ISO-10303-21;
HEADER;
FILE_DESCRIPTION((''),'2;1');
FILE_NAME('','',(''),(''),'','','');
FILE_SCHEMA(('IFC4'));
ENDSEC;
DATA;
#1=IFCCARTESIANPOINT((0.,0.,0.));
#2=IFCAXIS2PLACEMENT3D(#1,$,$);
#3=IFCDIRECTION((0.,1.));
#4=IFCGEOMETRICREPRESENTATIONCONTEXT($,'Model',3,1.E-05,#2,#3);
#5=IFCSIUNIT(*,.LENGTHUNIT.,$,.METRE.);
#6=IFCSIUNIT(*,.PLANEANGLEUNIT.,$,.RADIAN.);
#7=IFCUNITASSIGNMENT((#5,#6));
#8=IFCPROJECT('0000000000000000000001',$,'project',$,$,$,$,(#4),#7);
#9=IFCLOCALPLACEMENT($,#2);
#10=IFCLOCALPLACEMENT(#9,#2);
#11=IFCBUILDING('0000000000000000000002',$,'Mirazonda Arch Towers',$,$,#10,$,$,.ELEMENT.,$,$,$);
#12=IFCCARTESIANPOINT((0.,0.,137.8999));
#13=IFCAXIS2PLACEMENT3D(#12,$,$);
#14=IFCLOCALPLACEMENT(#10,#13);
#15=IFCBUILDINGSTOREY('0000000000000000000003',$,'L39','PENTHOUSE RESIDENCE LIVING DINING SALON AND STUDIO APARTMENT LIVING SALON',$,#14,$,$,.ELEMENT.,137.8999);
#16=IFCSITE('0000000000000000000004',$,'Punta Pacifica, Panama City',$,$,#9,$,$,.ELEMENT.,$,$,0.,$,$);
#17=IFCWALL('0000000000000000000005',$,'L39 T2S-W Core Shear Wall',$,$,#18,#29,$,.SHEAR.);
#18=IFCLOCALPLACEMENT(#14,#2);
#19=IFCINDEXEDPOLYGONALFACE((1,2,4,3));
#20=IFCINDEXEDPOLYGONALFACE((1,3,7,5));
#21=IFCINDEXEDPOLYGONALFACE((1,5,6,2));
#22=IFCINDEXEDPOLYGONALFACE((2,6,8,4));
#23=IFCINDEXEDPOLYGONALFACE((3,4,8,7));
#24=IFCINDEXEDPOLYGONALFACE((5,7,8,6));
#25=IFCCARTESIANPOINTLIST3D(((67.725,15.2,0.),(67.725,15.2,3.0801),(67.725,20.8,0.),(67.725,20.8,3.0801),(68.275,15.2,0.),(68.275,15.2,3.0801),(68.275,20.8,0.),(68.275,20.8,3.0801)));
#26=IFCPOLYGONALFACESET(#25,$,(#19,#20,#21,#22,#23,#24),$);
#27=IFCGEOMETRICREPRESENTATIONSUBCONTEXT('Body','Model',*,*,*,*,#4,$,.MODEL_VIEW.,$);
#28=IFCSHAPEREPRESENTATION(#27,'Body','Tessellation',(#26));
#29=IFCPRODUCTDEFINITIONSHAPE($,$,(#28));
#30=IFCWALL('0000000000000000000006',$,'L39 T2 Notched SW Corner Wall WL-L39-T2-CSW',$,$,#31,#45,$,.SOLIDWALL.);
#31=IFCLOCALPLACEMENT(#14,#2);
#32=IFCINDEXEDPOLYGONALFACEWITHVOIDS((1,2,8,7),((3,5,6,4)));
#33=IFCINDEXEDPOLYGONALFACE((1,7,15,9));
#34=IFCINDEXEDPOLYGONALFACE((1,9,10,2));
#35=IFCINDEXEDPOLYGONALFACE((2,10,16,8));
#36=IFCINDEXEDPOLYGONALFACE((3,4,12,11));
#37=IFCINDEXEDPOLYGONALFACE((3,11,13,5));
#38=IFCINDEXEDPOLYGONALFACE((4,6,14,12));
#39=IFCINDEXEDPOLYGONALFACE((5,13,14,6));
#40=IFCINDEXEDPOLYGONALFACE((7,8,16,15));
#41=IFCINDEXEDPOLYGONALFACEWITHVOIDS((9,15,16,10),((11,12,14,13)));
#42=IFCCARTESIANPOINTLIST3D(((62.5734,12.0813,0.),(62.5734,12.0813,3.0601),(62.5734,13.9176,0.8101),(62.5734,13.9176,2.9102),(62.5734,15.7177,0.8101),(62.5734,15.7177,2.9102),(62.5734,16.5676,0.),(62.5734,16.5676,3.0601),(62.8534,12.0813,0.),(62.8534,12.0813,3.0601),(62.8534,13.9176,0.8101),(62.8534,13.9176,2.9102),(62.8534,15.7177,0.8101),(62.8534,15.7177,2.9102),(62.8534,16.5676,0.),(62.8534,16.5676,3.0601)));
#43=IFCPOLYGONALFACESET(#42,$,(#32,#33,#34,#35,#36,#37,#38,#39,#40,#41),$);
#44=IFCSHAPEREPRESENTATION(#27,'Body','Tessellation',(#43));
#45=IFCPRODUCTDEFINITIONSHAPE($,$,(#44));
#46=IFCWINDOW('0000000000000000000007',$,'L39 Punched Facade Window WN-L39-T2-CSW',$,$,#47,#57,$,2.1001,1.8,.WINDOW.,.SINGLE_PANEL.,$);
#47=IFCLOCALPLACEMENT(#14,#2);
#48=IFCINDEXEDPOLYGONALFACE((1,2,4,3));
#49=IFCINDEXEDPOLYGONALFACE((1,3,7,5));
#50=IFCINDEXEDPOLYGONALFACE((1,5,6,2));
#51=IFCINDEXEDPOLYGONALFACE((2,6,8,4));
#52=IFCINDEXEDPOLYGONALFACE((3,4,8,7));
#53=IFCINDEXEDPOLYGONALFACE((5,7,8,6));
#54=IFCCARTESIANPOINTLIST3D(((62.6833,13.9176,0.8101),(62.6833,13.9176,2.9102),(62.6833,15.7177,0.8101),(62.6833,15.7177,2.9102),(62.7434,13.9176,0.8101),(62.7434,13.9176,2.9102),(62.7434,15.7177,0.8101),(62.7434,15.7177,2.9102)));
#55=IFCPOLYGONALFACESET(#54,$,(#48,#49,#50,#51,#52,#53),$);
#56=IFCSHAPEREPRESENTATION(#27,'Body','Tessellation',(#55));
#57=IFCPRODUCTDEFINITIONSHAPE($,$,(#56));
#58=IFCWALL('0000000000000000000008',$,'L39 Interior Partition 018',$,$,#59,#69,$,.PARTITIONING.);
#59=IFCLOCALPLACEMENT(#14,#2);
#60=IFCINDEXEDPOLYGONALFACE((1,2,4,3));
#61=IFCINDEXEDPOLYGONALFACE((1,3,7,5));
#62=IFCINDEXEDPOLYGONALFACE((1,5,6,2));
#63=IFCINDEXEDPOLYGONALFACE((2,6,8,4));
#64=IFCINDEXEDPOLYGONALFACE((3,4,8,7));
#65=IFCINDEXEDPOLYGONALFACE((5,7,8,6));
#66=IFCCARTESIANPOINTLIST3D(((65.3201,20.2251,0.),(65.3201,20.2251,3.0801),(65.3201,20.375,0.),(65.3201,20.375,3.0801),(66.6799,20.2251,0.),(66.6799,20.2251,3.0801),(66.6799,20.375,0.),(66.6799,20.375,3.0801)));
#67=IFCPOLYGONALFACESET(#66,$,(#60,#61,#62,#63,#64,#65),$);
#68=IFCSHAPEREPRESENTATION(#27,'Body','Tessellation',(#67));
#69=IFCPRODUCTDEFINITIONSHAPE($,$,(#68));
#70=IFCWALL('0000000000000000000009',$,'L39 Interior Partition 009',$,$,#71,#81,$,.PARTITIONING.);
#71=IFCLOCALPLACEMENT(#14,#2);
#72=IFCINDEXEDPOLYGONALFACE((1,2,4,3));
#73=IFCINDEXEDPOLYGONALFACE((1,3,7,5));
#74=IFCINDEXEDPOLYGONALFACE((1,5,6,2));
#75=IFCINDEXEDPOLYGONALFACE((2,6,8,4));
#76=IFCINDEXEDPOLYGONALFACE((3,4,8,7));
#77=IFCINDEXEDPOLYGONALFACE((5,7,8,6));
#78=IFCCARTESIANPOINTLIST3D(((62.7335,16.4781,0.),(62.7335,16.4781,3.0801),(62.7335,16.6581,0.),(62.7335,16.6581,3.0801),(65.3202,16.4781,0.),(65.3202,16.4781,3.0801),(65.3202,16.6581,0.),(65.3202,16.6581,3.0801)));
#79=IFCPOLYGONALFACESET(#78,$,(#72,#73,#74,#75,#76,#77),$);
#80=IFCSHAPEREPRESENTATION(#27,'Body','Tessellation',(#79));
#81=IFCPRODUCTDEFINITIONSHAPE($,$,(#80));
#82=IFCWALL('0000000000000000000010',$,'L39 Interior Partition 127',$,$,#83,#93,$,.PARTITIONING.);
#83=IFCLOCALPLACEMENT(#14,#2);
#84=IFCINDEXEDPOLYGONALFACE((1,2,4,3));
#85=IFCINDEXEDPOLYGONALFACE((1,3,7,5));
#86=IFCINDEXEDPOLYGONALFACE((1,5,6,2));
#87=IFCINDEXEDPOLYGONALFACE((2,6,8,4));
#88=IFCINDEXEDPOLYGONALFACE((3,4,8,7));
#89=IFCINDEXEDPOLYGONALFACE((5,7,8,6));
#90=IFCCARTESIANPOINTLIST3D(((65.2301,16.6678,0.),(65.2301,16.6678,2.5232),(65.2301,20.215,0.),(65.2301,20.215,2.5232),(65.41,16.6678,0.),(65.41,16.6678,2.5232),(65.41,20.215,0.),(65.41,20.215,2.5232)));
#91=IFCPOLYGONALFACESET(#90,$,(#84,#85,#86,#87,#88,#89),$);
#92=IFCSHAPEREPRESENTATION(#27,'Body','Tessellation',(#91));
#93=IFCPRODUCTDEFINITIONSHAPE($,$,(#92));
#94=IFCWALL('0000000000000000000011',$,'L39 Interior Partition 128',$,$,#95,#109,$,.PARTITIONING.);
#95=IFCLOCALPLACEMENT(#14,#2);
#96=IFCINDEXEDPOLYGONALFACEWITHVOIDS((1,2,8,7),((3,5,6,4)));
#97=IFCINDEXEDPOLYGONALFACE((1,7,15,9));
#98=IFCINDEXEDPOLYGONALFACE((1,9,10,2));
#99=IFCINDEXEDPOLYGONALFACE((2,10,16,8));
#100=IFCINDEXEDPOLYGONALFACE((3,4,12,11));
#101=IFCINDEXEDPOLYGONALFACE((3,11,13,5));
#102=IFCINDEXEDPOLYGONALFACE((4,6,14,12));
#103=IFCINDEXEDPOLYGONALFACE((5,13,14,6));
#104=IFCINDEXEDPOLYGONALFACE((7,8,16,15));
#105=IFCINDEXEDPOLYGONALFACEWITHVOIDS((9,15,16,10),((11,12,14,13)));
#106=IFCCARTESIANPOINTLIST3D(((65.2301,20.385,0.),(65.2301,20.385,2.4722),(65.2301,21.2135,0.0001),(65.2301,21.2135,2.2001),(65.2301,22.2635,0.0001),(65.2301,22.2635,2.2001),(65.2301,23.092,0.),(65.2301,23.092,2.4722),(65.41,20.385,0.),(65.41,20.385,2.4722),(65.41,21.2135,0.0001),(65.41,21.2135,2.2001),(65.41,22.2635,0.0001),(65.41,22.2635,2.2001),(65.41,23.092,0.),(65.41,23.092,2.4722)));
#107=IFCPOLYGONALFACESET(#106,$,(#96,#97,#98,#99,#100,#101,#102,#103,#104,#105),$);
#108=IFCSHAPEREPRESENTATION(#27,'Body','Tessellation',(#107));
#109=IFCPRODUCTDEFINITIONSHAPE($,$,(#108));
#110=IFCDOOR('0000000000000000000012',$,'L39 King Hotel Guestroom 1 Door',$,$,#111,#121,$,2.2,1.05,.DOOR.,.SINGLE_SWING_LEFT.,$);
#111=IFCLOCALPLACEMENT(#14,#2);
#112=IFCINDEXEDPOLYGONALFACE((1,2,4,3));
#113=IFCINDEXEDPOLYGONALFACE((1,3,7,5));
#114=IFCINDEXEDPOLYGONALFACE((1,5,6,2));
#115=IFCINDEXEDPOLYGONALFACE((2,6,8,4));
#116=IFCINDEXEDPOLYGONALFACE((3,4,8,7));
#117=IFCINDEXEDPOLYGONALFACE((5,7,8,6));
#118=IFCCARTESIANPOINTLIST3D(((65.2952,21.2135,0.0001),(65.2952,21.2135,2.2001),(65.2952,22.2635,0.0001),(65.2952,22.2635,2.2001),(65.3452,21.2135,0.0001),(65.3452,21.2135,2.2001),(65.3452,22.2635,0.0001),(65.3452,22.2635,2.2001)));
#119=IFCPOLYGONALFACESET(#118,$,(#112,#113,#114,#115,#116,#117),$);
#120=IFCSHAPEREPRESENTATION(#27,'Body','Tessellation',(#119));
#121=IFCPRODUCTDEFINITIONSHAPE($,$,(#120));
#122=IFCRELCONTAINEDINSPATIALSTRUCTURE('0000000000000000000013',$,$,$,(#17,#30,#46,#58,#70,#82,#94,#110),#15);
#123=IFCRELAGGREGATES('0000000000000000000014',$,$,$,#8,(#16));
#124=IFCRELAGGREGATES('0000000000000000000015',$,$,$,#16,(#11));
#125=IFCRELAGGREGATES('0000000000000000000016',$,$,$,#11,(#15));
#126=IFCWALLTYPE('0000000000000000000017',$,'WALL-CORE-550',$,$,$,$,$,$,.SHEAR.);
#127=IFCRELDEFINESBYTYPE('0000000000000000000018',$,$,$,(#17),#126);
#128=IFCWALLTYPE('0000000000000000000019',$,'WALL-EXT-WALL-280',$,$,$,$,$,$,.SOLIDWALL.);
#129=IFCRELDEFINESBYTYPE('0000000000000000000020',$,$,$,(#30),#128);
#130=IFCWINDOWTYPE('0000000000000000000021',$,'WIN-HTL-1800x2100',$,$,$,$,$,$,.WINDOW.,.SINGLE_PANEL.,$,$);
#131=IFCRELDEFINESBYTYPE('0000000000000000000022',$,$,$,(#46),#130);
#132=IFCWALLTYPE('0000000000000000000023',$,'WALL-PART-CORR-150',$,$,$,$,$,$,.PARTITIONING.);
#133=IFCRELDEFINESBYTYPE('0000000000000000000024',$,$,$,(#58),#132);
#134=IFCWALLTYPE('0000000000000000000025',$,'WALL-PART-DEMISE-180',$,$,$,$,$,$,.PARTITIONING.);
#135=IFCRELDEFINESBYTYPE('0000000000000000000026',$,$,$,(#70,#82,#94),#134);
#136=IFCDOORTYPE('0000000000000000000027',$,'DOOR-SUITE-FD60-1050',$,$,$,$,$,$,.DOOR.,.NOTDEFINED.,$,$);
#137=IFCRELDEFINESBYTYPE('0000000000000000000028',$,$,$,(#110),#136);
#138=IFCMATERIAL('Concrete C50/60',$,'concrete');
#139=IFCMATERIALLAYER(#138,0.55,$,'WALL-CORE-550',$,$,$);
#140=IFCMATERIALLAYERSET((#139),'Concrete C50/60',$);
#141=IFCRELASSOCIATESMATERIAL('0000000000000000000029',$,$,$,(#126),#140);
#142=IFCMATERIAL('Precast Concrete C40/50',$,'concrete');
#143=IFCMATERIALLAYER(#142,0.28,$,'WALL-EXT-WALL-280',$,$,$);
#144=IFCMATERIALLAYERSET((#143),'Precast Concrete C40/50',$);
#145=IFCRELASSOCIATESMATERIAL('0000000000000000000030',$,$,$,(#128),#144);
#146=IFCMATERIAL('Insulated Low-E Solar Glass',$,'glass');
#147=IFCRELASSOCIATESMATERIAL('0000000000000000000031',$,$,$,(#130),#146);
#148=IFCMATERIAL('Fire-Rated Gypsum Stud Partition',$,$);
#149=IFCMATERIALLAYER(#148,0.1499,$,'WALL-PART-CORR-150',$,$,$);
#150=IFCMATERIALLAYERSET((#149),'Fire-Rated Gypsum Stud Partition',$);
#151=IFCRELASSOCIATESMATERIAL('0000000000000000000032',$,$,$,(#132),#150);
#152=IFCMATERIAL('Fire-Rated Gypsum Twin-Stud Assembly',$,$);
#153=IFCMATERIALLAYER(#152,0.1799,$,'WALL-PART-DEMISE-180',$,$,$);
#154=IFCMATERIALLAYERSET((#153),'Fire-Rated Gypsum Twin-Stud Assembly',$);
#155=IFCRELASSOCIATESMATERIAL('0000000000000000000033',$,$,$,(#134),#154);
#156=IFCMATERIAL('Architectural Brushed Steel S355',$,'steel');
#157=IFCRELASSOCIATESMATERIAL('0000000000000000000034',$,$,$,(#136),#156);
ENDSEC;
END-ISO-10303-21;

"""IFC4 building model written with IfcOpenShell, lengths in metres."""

from ifc_helpers import new_model, si_unit, direction, frame, frame_2d, origin, place, context, subcontext, project, spatial, rectangle, extrude, material, layer, layer_set, type_object, element, fill, save


model = new_model("IFC4")

# Units and contexts
model_context = context("Model", 3, precision=1e-05, world=origin(), true_north=direction((0.0, 1.0)))
body_context = subcontext(model_context, "Body", "Model", "MODEL_VIEW")
ifc_project = project(units=[si_unit("LENGTHUNIT", "METRE"), si_unit("PLANEANGLEUNIT", "RADIAN")], contexts=[model_context])

# Site, building, storey
site_placement = place(None, origin())
site = spatial("IfcSite", under=ifc_project, at=site_placement, Name="Punta Pacifica, Panama City", CompositionType="ELEMENT", RefElevation=0.0)
building_placement = place(site_placement, origin())
building = spatial("IfcBuilding", under=site, at=building_placement, Name="Mirazonda Arch Towers", CompositionType="ELEMENT")
storey_placement = place(building_placement, frame((0.0, 0.0, 137.8999)))
storey = spatial("IfcBuildingStorey", under=building, at=storey_placement, Name="L39", Description="PENTHOUSE RESIDENCE LIVING DINING SALON AND STUDIO APARTMENT LIVING SALON", CompositionType="ELEMENT", Elevation=137.8999)

# Shared definitions
ifc_material_1 = material(Name="Concrete C50/60", Category="concrete")

# Shared definitions
ifc_material_2 = material(Name="Insulated Low-E Solar Glass", Category="glass")

# Shared definitions
ifc_material_3 = material(Name="Architectural Brushed Steel S355", Category="steel")

# Wall
ifc_layer_1 = layer(ifc_material_1, 0.55, Name="WALL-CORE-550")
ifc_layer_set_1 = layer_set([ifc_layer_1], Name="Concrete C50/60")
wall_type_1 = type_object("IfcWallType", Name="WALL-CORE-550", PredefinedType="SHEAR", material=ifc_layer_set_1)
wall_1_placement = place(storey_placement, frame((68.0, 15.2, 0.0), z_axis=(0.0, 0.0, 1.0), x_axis=(0.0, 1.0, 0.0)))
element("IfcWall", 1, at=wall_1_placement, inside=storey, type_object=wall_type_1, Name="L39 T2S-W Core Shear Wall", PredefinedType="SHEAR", context=body_context, shape_type="SweptSolid", body=[
    extrude(rectangle(XDim=5.6001, YDim=0.55, at=frame_2d((2.8, 0.0))), origin(), (0.0, 0.0, 1.0), 3.0801),
])

# Wall, opening, window
ifc_material_4 = material(Name="Precast Concrete C40/50", Category="concrete")
ifc_layer_2 = layer(ifc_material_4, 0.28, Name="WALL-EXT-WALL-280")
ifc_layer_set_2 = layer_set([ifc_layer_2], Name="Precast Concrete C40/50")
wall_type_2 = type_object("IfcWallType", Name="WALL-EXT-WALL-280", PredefinedType="SOLIDWALL", material=ifc_layer_set_2)
wall_2_placement = place(storey_placement, frame((62.7134, 16.5676, 0.0), z_axis=(0.0, 0.0, 1.0), x_axis=(0.0, -1.0, 0.0)))
wall_2 = element("IfcWall", 2, at=wall_2_placement, inside=storey, type_object=wall_type_2, Name="L39 T2 Notched SW Corner Wall WL-L39-T2-CSW", PredefinedType="SOLIDWALL", context=body_context, shape_type="SweptSolid", body=[
    extrude(rectangle(XDim=4.4863, YDim=0.28, at=frame_2d((2.2432, 0.0))), origin(), (0.0, 0.0, 1.0), 3.0601),
])
opening_1_placement = place(wall_2_placement, frame((0.8501, 0.0, 0.8101)))
opening_1 = element("IfcOpeningElement", 3, at=opening_1_placement, cuts=wall_2, PredefinedType="OPENING", context=body_context, shape_type="SweptSolid", body=[
    extrude(rectangle(XDim=1.8, YDim=2.1001, at=frame_2d((0.8999, 1.05))), frame((0.0, 0.1499, 0.0), z_axis=(0.0, -1.0, 0.0), x_axis=(1.0, 0.0, 0.0)), (0.0, 0.0, 1.0), 0.3),
])
window_type = type_object("IfcWindowType", Name="WIN-HTL-1800x2100", PartitioningType="SINGLE_PANEL", PredefinedType="WINDOW", material=ifc_material_2)
window_placement = place(opening_1_placement, origin())
window = element("IfcWindow", 4, at=window_placement, inside=storey, type_object=window_type, Name="L39 Punched Facade Window WN-L39-T2-CSW", OverallHeight=2.1001, OverallWidth=1.8, PartitioningType="SINGLE_PANEL", PredefinedType="WINDOW", context=body_context, shape_type="SweptSolid", body=[
    extrude(rectangle(XDim=1.8, YDim=2.1001, at=frame_2d((0.8999, 1.05))), frame((0.0, 0.03, 0.0), z_axis=(0.0, -1.0, 0.0), x_axis=(1.0, 0.0, 0.0)), (0.0, 0.0, 1.0), 0.0601),
])
fill(opening_1, window)

# Walls
ifc_material_5 = material(Name="Fire-Rated Gypsum Stud Partition")
ifc_layer_3 = layer(ifc_material_5, 0.1499, Name="WALL-PART-CORR-150")
ifc_layer_set_3 = layer_set([ifc_layer_3], Name="Fire-Rated Gypsum Stud Partition")
wall_type_3 = type_object("IfcWallType", Name="WALL-PART-CORR-150", PredefinedType="PARTITIONING", material=ifc_layer_set_3)
wall_3_placement = place(storey_placement, frame((65.3201, 20.3, 0.0), z_axis=(0.0, 0.0, 1.0), x_axis=(1.0, 0.0, 0.0)))
element("IfcWall", 5, at=wall_3_placement, inside=storey, type_object=wall_type_3, Name="L39 Interior Partition 018", PredefinedType="PARTITIONING", context=body_context, shape_type="SweptSolid", body=[
    extrude(rectangle(XDim=1.3599, YDim=0.1499, at=frame_2d((0.6799, 0.0))), origin(), (0.0, 0.0, 1.0), 3.0801),
])
ifc_material_6 = material(Name="Fire-Rated Gypsum Twin-Stud Assembly")
ifc_layer_4 = layer(ifc_material_6, 0.1799, Name="WALL-PART-DEMISE-180")
ifc_layer_set_4 = layer_set([ifc_layer_4], Name="Fire-Rated Gypsum Twin-Stud Assembly")
wall_type_4 = type_object("IfcWallType", Name="WALL-PART-DEMISE-180", PredefinedType="PARTITIONING", material=ifc_layer_set_4)
wall_4_placement = place(storey_placement, frame((62.7334, 16.5681, 0.0), z_axis=(0.0, 0.0, 1.0), x_axis=(1.0, 0.0, 0.0)))
element("IfcWall", 6, at=wall_4_placement, inside=storey, type_object=wall_type_4, Name="L39 Interior Partition 009", PredefinedType="PARTITIONING", context=body_context, shape_type="SweptSolid", body=[
    extrude(rectangle(XDim=2.5867, YDim=0.1799, at=frame_2d((1.2935, 0.0))), origin(), (0.0, 0.0, 1.0), 3.0801),
])
wall_5_placement = place(storey_placement, frame((65.3201, 16.668, 0.0), z_axis=(0.0, 0.0, 1.0), x_axis=(0.0, 1.0, 0.0)))
element("IfcWall", 7, at=wall_5_placement, inside=storey, type_object=wall_type_4, Name="L39 Interior Partition 127", PredefinedType="PARTITIONING", context=body_context, shape_type="SweptSolid", body=[
    extrude(rectangle(XDim=3.5471, YDim=0.1799, at=frame_2d((1.7734, 0.0))), origin(), (0.0, 0.0, 1.0), 2.5232),
])

# Wall, opening, door
wall_6_placement = place(storey_placement, frame((65.3201, 20.385, 0.0), z_axis=(0.0, 0.0, 1.0), x_axis=(0.0, 1.0, 0.0)))
wall_6 = element("IfcWall", 8, at=wall_6_placement, inside=storey, type_object=wall_type_4, Name="L39 Interior Partition 128", PredefinedType="PARTITIONING", context=body_context, shape_type="SweptSolid", body=[
    extrude(rectangle(XDim=2.707, YDim=0.1799, at=frame_2d((1.3535, 0.0))), origin(), (0.0, 0.0, 1.0), 2.4722),
])
opening_2_placement = place(wall_6_placement, frame((0.8286, 0.0, 0.0)))
opening_2 = element("IfcOpeningElement", 9, at=opening_2_placement, cuts=wall_6, PredefinedType="OPENING", context=body_context, shape_type="SweptSolid", body=[
    extrude(rectangle(XDim=1.05, YDim=2.2, at=frame_2d((0.5249, 1.1001))), frame((0.0, 0.0999, 0.0), z_axis=(0.0, -1.0, 0.0), x_axis=(1.0, 0.0, 0.0)), (0.0, 0.0, 1.0), 0.2),
])
door_type_1 = type_object("IfcDoorType", Name="DOOR-SUITE-FD60-1050", OperationType="NOTDEFINED", PredefinedType="DOOR", material=ifc_material_3)
door_1_placement = place(opening_2_placement, origin())
door_1 = element("IfcDoor", 10, at=door_1_placement, inside=storey, type_object=door_type_1, Name="L39 King Hotel Guestroom 1 Door", OperationType="SINGLE_SWING_LEFT", OverallHeight=2.2, OverallWidth=1.05, PredefinedType="DOOR", context=body_context, shape_type="SweptSolid", body=[
    extrude(rectangle(XDim=1.05, YDim=2.2, at=frame_2d((0.5249, 1.1001))), frame((0.0, 0.0249, 0.0), z_axis=(0.0, -1.0, 0.0), x_axis=(1.0, 0.0, 0.0)), (0.0, 0.0, 1.0), 0.05),
])
fill(opening_2, door_1)

save(model, "model.ifc")
